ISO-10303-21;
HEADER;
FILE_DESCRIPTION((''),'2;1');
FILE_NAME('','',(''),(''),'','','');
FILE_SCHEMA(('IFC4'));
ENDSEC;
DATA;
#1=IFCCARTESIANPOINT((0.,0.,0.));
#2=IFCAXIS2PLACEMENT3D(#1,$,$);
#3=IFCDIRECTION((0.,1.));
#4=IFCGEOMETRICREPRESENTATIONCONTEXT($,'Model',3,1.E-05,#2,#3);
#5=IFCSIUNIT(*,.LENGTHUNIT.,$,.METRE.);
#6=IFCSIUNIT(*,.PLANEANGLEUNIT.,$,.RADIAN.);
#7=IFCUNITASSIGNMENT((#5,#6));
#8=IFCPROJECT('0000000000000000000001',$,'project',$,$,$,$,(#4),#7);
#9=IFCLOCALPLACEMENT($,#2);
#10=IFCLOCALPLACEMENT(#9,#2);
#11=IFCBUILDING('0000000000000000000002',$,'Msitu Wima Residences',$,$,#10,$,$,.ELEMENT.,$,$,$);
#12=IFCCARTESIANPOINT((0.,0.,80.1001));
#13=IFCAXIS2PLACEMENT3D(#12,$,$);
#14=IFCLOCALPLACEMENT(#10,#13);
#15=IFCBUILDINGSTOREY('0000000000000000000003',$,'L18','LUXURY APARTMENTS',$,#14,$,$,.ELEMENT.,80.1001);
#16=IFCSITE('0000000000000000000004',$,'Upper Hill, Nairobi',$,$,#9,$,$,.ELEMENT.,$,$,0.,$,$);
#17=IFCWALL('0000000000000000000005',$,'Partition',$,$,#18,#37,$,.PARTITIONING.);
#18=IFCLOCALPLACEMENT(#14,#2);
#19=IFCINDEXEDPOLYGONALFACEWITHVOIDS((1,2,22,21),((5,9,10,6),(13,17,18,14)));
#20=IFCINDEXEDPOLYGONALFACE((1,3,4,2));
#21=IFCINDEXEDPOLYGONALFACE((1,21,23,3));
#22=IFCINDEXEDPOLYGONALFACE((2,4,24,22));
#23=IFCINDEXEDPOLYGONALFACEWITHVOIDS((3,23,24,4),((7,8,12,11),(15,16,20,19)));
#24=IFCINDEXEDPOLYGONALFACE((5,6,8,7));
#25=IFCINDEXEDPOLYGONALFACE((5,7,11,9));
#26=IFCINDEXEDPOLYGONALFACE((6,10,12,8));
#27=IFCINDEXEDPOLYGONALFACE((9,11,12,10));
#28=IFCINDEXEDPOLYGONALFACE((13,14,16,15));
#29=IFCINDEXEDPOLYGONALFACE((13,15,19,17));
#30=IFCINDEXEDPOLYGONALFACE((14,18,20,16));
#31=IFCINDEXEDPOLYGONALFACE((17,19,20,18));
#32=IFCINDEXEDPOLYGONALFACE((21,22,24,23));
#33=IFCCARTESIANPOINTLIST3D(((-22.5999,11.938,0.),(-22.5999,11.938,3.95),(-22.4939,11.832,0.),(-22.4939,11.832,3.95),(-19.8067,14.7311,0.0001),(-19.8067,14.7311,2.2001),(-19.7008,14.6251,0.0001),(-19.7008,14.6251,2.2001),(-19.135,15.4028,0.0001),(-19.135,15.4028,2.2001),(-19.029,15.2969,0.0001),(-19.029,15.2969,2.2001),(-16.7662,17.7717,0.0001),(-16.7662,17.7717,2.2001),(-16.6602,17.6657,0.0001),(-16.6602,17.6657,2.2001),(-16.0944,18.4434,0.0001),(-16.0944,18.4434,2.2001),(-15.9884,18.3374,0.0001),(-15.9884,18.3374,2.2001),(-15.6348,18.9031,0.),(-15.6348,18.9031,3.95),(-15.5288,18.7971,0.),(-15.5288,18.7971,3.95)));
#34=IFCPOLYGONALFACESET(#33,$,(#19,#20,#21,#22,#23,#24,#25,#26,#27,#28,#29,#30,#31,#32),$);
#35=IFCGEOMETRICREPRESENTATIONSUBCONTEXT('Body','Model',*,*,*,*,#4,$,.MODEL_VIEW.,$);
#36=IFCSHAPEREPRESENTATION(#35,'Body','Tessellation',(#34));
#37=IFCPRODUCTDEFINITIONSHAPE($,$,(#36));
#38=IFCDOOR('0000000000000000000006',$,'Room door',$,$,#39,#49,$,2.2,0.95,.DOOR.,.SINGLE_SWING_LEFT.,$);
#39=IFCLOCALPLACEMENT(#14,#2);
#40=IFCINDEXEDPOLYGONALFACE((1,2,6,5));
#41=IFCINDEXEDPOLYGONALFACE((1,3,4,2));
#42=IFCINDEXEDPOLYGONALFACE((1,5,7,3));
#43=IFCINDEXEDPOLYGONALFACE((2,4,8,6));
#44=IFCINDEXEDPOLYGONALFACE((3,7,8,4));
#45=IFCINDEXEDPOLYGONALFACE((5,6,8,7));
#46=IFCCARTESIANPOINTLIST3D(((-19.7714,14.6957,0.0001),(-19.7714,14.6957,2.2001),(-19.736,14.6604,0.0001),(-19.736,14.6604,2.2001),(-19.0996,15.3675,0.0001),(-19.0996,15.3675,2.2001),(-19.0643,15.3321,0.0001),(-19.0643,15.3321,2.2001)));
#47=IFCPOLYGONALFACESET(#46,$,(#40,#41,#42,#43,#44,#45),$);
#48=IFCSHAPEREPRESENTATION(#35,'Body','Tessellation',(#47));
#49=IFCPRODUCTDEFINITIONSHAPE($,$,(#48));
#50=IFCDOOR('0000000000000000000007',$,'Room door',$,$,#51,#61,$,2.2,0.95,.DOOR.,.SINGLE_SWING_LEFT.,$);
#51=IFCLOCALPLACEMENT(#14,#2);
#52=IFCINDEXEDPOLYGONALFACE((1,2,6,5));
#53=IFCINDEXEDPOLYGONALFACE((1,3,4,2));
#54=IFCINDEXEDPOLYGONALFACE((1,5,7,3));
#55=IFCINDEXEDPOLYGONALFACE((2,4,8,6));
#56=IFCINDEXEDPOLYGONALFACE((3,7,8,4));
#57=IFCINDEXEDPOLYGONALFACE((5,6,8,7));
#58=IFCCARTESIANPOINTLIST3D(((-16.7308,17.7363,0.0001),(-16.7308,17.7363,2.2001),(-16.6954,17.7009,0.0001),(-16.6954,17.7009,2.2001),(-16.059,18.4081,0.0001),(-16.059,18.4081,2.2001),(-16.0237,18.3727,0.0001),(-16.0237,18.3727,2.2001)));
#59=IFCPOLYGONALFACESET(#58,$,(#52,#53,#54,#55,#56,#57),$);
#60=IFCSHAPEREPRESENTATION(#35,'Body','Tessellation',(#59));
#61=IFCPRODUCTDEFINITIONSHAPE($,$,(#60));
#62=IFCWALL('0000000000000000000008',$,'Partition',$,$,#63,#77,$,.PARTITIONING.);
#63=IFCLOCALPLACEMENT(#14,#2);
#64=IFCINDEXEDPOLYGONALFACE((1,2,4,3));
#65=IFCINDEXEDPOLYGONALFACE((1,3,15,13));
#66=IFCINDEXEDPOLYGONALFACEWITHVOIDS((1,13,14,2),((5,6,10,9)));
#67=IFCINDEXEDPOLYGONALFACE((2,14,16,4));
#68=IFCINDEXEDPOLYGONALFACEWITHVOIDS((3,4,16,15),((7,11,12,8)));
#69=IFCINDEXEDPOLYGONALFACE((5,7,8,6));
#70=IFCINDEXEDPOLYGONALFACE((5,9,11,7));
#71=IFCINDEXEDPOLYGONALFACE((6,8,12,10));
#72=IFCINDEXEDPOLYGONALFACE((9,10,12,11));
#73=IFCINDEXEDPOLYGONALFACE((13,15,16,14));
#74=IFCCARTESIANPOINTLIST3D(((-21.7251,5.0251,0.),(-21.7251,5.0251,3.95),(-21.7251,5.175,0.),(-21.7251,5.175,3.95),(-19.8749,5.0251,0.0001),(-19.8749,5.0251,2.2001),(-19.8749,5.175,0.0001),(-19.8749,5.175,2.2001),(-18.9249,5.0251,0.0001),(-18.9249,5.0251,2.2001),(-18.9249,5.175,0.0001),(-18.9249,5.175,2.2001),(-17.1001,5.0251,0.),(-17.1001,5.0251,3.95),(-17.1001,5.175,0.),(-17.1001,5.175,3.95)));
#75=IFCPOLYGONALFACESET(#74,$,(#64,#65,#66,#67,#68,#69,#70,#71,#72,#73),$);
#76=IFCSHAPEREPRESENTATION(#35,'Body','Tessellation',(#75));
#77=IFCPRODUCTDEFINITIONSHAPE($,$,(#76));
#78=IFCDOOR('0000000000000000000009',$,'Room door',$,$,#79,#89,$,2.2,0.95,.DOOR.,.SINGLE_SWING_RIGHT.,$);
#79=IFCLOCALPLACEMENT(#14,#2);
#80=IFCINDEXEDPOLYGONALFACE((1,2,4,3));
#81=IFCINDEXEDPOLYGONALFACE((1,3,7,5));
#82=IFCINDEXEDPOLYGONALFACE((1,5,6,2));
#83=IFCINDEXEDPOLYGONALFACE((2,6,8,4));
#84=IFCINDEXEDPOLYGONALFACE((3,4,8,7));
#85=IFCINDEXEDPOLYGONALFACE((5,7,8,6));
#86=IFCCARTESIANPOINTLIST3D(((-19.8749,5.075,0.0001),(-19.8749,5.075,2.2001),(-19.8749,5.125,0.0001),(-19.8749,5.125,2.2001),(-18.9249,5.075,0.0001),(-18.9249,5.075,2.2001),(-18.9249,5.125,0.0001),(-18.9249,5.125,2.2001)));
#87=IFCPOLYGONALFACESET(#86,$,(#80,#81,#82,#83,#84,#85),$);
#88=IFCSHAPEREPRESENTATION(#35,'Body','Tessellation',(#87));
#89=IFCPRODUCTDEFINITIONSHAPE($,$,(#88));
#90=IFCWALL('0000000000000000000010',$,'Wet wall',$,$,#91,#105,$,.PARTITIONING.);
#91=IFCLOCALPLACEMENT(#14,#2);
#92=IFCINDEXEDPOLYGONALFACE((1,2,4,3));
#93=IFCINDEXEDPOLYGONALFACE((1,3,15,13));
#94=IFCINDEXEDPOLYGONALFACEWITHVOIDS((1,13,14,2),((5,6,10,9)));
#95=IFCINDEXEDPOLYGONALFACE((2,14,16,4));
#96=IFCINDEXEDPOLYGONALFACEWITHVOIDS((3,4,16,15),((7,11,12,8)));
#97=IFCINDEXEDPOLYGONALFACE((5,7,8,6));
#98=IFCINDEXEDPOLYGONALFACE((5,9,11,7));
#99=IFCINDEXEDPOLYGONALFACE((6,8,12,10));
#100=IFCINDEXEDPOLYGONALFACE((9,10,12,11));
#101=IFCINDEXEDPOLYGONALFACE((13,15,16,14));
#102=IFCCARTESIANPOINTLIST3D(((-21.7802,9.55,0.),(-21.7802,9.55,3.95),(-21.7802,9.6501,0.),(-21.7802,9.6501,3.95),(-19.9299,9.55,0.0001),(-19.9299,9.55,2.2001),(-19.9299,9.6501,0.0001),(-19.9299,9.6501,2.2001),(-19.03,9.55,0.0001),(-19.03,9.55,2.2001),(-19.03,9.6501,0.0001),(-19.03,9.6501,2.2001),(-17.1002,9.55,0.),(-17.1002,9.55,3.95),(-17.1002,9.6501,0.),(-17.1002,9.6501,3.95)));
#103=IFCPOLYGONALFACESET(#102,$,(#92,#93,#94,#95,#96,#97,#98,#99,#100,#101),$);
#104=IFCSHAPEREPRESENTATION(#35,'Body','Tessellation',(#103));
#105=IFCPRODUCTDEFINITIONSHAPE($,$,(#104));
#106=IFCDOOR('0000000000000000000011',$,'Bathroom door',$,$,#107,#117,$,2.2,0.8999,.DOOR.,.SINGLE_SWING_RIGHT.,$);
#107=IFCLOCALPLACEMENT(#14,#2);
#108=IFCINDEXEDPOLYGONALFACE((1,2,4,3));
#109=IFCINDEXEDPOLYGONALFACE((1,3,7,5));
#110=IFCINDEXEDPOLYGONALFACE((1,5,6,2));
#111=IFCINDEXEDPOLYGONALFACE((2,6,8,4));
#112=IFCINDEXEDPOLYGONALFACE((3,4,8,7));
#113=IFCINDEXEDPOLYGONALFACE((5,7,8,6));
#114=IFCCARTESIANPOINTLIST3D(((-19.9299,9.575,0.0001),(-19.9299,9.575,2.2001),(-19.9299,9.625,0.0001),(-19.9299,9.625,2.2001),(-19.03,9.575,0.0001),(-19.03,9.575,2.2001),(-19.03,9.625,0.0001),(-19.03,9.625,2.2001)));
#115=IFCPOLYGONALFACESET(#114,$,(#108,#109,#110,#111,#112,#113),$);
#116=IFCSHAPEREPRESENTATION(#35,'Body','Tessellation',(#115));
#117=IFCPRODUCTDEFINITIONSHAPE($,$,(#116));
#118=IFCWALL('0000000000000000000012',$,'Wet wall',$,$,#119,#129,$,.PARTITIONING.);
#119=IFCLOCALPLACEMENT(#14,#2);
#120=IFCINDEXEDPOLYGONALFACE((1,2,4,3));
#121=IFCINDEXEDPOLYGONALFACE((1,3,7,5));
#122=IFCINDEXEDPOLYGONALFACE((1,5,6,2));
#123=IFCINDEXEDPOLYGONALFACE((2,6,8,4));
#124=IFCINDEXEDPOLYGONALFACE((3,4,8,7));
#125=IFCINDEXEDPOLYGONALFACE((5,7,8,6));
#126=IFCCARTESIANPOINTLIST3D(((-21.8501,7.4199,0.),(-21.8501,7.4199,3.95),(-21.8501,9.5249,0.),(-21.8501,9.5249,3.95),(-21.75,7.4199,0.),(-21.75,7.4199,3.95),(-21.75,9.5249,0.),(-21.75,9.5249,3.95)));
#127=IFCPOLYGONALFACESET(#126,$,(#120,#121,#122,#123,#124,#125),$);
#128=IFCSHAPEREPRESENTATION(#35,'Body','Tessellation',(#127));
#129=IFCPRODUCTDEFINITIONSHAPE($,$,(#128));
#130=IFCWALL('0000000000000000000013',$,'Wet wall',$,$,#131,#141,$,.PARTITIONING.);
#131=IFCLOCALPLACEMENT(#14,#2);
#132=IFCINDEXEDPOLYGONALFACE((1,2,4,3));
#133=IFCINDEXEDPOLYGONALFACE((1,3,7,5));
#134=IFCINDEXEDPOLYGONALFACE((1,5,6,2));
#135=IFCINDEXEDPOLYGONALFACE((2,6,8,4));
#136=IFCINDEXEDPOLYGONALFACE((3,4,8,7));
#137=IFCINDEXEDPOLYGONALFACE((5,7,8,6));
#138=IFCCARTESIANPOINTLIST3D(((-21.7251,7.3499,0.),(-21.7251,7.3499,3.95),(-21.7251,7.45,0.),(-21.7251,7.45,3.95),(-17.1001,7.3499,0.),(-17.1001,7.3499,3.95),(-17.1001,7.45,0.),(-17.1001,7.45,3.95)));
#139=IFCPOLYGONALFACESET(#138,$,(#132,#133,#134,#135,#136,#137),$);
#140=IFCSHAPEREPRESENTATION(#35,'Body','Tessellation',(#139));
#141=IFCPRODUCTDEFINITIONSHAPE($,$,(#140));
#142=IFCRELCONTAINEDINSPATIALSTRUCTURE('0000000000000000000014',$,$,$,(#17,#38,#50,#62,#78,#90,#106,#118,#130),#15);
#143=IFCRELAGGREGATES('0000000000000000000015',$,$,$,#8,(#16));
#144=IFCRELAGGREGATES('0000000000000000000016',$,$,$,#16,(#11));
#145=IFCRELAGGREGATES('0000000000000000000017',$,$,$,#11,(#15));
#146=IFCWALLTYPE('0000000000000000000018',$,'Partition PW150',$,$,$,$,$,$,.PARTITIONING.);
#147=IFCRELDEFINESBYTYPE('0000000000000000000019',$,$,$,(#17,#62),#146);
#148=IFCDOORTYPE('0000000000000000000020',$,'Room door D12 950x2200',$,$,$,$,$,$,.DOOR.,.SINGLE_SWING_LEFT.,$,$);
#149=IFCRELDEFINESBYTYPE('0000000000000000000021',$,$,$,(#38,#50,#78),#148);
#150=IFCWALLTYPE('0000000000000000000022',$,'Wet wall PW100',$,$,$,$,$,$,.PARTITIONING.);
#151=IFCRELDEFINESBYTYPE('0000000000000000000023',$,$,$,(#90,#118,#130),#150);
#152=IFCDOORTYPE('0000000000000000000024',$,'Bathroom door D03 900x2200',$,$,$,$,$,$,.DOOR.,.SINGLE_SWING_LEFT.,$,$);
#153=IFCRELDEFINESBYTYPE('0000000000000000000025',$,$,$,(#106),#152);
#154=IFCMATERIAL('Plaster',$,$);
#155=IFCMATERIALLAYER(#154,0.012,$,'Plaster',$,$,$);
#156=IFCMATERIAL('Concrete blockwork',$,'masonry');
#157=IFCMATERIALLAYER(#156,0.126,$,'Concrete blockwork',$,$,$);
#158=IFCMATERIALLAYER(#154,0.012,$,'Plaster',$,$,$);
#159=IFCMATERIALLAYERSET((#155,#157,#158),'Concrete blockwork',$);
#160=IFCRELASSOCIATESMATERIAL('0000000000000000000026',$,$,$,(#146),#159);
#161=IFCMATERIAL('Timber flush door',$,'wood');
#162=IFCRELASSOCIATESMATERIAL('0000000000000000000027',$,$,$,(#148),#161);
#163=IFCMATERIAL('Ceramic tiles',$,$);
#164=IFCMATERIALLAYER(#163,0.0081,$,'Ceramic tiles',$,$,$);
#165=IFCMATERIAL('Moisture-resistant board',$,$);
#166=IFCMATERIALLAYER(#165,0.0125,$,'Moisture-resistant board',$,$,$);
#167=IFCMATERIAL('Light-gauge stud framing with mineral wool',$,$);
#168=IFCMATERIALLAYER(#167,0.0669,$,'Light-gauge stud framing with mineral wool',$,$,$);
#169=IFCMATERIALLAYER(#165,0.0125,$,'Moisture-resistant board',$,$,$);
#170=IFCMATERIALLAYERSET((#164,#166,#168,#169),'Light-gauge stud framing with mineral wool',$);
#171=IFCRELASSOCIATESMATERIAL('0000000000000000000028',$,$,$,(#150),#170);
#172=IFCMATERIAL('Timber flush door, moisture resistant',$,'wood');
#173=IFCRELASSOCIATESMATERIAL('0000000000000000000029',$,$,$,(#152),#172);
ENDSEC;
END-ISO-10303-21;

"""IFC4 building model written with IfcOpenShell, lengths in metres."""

from ifc_helpers import new_model, si_unit, direction, frame, frame_2d, origin, place, context, subcontext, project, spatial, rectangle, extrude, material, layer, layer_set, type_object, element, fill, save


model = new_model("IFC4")

# Units and contexts
model_context = context("Model", 3, precision=1e-05, world=origin(), true_north=direction((0.0, 1.0)))
body_context = subcontext(model_context, "Body", "Model", "MODEL_VIEW")
ifc_project = project(units=[si_unit("LENGTHUNIT", "METRE"), si_unit("PLANEANGLEUNIT", "RADIAN")], contexts=[model_context])

# Site, building, storey
site_placement = place(None, origin())
site = spatial("IfcSite", under=ifc_project, at=site_placement, Name="Upper Hill, Nairobi", CompositionType="ELEMENT", RefElevation=0.0)
building_placement = place(site_placement, origin())
building = spatial("IfcBuilding", under=site, at=building_placement, Name="Msitu Wima Residences", CompositionType="ELEMENT")
storey_placement = place(building_placement, frame((0.0, 0.0, 80.1001)))
storey = spatial("IfcBuildingStorey", under=building, at=storey_placement, Name="L18", Description="LUXURY APARTMENTS", CompositionType="ELEMENT", Elevation=80.1001)

# Shared definitions
ifc_material_1 = material(Name="Plaster")
ifc_layer_1 = layer(ifc_material_1, 0.012, Name="Plaster")
ifc_material_2 = material(Name="Concrete blockwork", Category="masonry")
ifc_layer_2 = layer(ifc_material_2, 0.126, Name="Concrete blockwork")
ifc_layer_3 = layer(ifc_material_1, 0.012, Name="Plaster")
ifc_layer_set_1 = layer_set([ifc_layer_1, ifc_layer_2, ifc_layer_3], Name="Concrete blockwork")
wall_type_1 = type_object("IfcWallType", Name="Partition PW150", PredefinedType="PARTITIONING", material=ifc_layer_set_1)
ifc_material_3 = material(Name="Timber flush door", Category="wood")
door_type_1 = type_object("IfcDoorType", Name="Room door D12 950x2200", OperationType="SINGLE_SWING_LEFT", PredefinedType="DOOR", material=ifc_material_3)

# Wall, openings, doors
wall_1_placement = place(storey_placement, frame((-22.5469, 11.885, 0.0), z_axis=(0.0, 0.0, 1.0), x_axis=(0.707107, 0.707107, 0.0)))
wall_1 = element("IfcWall", 1, at=wall_1_placement, inside=storey, type_object=wall_type_1, Name="Partition", PredefinedType="PARTITIONING", context=body_context, shape_type="SweptSolid", body=[
    extrude(rectangle(XDim=9.8501, YDim=0.1499, at=frame_2d((4.925, 0.0))), origin(), (0.0, 0.0, 1.0), 3.95),
])
opening_1_placement = place(wall_1_placement, frame((3.95, 0.0, 0.0)))
opening_1 = element("IfcOpeningElement", 2, at=opening_1_placement, cuts=wall_1, PredefinedType="OPENING", context=body_context, shape_type="SweptSolid", body=[
    extrude(rectangle(XDim=0.95, YDim=2.2, at=frame_2d((0.4751, 1.1001))), frame((0.0, 0.085, 0.0), z_axis=(0.0, -1.0, 0.0), x_axis=(1.0, 0.0, 0.0)), (0.0, 0.0, 1.0), 0.1699),
])
opening_2_placement = place(wall_1_placement, frame((8.25, 0.0, 0.0)))
opening_2 = element("IfcOpeningElement", 3, at=opening_2_placement, cuts=wall_1, PredefinedType="OPENING", context=body_context, shape_type="SweptSolid", body=[
    extrude(rectangle(XDim=0.95, YDim=2.2, at=frame_2d((0.4751, 1.1001))), frame((0.0, 0.085, 0.0), z_axis=(0.0, -1.0, 0.0), x_axis=(1.0, 0.0, 0.0)), (0.0, 0.0, 1.0), 0.1699),
])
door_1_placement = place(opening_1_placement, origin())
door_1 = element("IfcDoor", 4, at=door_1_placement, inside=storey, type_object=door_type_1, Name="Room door", OperationType="SINGLE_SWING_LEFT", OverallHeight=2.2, OverallWidth=0.95, PredefinedType="DOOR", context=body_context, shape_type="SweptSolid", body=[
    extrude(rectangle(XDim=0.95, YDim=2.2, at=frame_2d((0.4751, 1.1001))), frame((0.0, 0.0249, 0.0), z_axis=(0.0, -1.0, 0.0), x_axis=(1.0, 0.0, 0.0)), (0.0, 0.0, 1.0), 0.05),
])
fill(opening_1, door_1)
door_2_placement = place(opening_2_placement, origin())
door_2 = element("IfcDoor", 5, at=door_2_placement, inside=storey, type_object=door_type_1, Name="Room door", OperationType="SINGLE_SWING_LEFT", OverallHeight=2.2, OverallWidth=0.95, PredefinedType="DOOR", context=body_context, shape_type="SweptSolid", body=[
    extrude(rectangle(XDim=0.95, YDim=2.2, at=frame_2d((0.4751, 1.1001))), frame((0.0, 0.0249, 0.0), z_axis=(0.0, -1.0, 0.0), x_axis=(1.0, 0.0, 0.0)), (0.0, 0.0, 1.0), 0.05),
])
fill(opening_2, door_2)

# Walls, openings, doors
wall_2_placement = place(storey_placement, frame((-21.7251, 5.1001, 0.0), z_axis=(0.0, 0.0, 1.0), x_axis=(1.0, 0.0, 0.0)))
wall_2 = element("IfcWall", 6, at=wall_2_placement, inside=storey, type_object=wall_type_1, Name="Partition", PredefinedType="PARTITIONING", context=body_context, shape_type="SweptSolid", body=[
    extrude(rectangle(XDim=4.625, YDim=0.1499, at=frame_2d((2.3125, 0.0))), origin(), (0.0, 0.0, 1.0), 3.95),
])
opening_3_placement = place(wall_2_placement, frame((1.8501, 0.0, 0.0)))
opening_3 = element("IfcOpeningElement", 7, at=opening_3_placement, cuts=wall_2, PredefinedType="OPENING", context=body_context, shape_type="SweptSolid", body=[
    extrude(rectangle(XDim=0.95, YDim=2.2, at=frame_2d((0.4751, 1.1001))), frame((0.0, 0.085, 0.0), z_axis=(0.0, -1.0, 0.0), x_axis=(1.0, 0.0, 0.0)), (0.0, 0.0, 1.0), 0.1699),
])
door_3_placement = place(opening_3_placement, origin())
door_3 = element("IfcDoor", 8, at=door_3_placement, inside=storey, type_object=door_type_1, Name="Room door", OperationType="SINGLE_SWING_RIGHT", OverallHeight=2.2, OverallWidth=0.95, PredefinedType="DOOR", context=body_context, shape_type="SweptSolid", body=[
    extrude(rectangle(XDim=0.95, YDim=2.2, at=frame_2d((0.4751, 1.1001))), frame((0.0, 0.0249, 0.0), z_axis=(0.0, -1.0, 0.0), x_axis=(1.0, 0.0, 0.0)), (0.0, 0.0, 1.0), 0.05),
])
fill(opening_3, door_3)
ifc_material_4 = material(Name="Ceramic tiles")
ifc_layer_4 = layer(ifc_material_4, 0.0081, Name="Ceramic tiles")
ifc_material_5 = material(Name="Moisture-resistant board")
ifc_layer_5 = layer(ifc_material_5, 0.0125, Name="Moisture-resistant board")
ifc_material_6 = material(Name="Light-gauge stud framing with mineral wool")
ifc_layer_6 = layer(ifc_material_6, 0.0669, Name="Light-gauge stud framing with mineral wool")
ifc_layer_7 = layer(ifc_material_5, 0.0125, Name="Moisture-resistant board")
ifc_layer_set_2 = layer_set([ifc_layer_4, ifc_layer_5, ifc_layer_6, ifc_layer_7], Name="Light-gauge stud framing with mineral wool")
wall_type_2 = type_object("IfcWallType", Name="Wet wall PW100", PredefinedType="PARTITIONING", material=ifc_layer_set_2)
wall_3_placement = place(storey_placement, frame((-21.78, 9.6001, 0.0), z_axis=(0.0, 0.0, 1.0), x_axis=(1.0, 0.0, 0.0)))
wall_3 = element("IfcWall", 9, at=wall_3_placement, inside=storey, type_object=wall_type_2, Name="Wet wall", PredefinedType="PARTITIONING", context=body_context, shape_type="SweptSolid", body=[
    extrude(rectangle(XDim=4.6799, YDim=0.1001, at=frame_2d((2.3398, 0.0))), origin(), (0.0, 0.0, 1.0), 3.95),
])
opening_4_placement = place(wall_3_placement, frame((1.8501, 0.0, 0.0)))
opening_4 = element("IfcOpeningElement", 10, at=opening_4_placement, cuts=wall_3, PredefinedType="OPENING", context=body_context, shape_type="SweptSolid", body=[
    extrude(rectangle(XDim=0.8999, YDim=2.2, at=frame_2d((0.45, 1.1001))), frame((0.0, 0.0601, 0.0), z_axis=(0.0, -1.0, 0.0), x_axis=(1.0, 0.0, 0.0)), (0.0, 0.0, 1.0), 0.1201),
])
ifc_material_7 = material(Name="Timber flush door, moisture resistant", Category="wood")
door_type_2 = type_object("IfcDoorType", Name="Bathroom door D03 900x2200", OperationType="SINGLE_SWING_LEFT", PredefinedType="DOOR", material=ifc_material_7)
door_4_placement = place(opening_4_placement, origin())
door_4 = element("IfcDoor", 11, at=door_4_placement, inside=storey, type_object=door_type_2, Name="Bathroom door", OperationType="SINGLE_SWING_RIGHT", OverallHeight=2.2, OverallWidth=0.8999, PredefinedType="DOOR", context=body_context, shape_type="SweptSolid", body=[
    extrude(rectangle(XDim=0.8999, YDim=2.2, at=frame_2d((0.45, 1.1001))), frame((0.0, 0.0249, 0.0), z_axis=(0.0, -1.0, 0.0), x_axis=(1.0, 0.0, 0.0)), (0.0, 0.0, 1.0), 0.05),
])
fill(opening_4, door_4)

# Walls
wall_4_placement = place(storey_placement, frame((-21.8, 7.4199, 0.0), z_axis=(0.0, 0.0, 1.0), x_axis=(0.0, 1.0, 0.0)))
element("IfcWall", 12, at=wall_4_placement, inside=storey, type_object=wall_type_2, Name="Wet wall", PredefinedType="PARTITIONING", context=body_context, shape_type="SweptSolid", body=[
    extrude(rectangle(XDim=2.105, YDim=0.1001, at=frame_2d((1.0525, 0.0))), origin(), (0.0, 0.0, 1.0), 3.95),
])
wall_5_placement = place(storey_placement, frame((-21.7251, 7.3999, 0.0), z_axis=(0.0, 0.0, 1.0), x_axis=(1.0, 0.0, 0.0)))
element("IfcWall", 13, at=wall_5_placement, inside=storey, type_object=wall_type_2, Name="Wet wall", PredefinedType="PARTITIONING", context=body_context, shape_type="SweptSolid", body=[
    extrude(rectangle(XDim=4.625, YDim=0.1001, at=frame_2d((2.3125, 0.0))), origin(), (0.0, 0.0, 1.0), 3.95),
])

save(model, "model.ifc")
